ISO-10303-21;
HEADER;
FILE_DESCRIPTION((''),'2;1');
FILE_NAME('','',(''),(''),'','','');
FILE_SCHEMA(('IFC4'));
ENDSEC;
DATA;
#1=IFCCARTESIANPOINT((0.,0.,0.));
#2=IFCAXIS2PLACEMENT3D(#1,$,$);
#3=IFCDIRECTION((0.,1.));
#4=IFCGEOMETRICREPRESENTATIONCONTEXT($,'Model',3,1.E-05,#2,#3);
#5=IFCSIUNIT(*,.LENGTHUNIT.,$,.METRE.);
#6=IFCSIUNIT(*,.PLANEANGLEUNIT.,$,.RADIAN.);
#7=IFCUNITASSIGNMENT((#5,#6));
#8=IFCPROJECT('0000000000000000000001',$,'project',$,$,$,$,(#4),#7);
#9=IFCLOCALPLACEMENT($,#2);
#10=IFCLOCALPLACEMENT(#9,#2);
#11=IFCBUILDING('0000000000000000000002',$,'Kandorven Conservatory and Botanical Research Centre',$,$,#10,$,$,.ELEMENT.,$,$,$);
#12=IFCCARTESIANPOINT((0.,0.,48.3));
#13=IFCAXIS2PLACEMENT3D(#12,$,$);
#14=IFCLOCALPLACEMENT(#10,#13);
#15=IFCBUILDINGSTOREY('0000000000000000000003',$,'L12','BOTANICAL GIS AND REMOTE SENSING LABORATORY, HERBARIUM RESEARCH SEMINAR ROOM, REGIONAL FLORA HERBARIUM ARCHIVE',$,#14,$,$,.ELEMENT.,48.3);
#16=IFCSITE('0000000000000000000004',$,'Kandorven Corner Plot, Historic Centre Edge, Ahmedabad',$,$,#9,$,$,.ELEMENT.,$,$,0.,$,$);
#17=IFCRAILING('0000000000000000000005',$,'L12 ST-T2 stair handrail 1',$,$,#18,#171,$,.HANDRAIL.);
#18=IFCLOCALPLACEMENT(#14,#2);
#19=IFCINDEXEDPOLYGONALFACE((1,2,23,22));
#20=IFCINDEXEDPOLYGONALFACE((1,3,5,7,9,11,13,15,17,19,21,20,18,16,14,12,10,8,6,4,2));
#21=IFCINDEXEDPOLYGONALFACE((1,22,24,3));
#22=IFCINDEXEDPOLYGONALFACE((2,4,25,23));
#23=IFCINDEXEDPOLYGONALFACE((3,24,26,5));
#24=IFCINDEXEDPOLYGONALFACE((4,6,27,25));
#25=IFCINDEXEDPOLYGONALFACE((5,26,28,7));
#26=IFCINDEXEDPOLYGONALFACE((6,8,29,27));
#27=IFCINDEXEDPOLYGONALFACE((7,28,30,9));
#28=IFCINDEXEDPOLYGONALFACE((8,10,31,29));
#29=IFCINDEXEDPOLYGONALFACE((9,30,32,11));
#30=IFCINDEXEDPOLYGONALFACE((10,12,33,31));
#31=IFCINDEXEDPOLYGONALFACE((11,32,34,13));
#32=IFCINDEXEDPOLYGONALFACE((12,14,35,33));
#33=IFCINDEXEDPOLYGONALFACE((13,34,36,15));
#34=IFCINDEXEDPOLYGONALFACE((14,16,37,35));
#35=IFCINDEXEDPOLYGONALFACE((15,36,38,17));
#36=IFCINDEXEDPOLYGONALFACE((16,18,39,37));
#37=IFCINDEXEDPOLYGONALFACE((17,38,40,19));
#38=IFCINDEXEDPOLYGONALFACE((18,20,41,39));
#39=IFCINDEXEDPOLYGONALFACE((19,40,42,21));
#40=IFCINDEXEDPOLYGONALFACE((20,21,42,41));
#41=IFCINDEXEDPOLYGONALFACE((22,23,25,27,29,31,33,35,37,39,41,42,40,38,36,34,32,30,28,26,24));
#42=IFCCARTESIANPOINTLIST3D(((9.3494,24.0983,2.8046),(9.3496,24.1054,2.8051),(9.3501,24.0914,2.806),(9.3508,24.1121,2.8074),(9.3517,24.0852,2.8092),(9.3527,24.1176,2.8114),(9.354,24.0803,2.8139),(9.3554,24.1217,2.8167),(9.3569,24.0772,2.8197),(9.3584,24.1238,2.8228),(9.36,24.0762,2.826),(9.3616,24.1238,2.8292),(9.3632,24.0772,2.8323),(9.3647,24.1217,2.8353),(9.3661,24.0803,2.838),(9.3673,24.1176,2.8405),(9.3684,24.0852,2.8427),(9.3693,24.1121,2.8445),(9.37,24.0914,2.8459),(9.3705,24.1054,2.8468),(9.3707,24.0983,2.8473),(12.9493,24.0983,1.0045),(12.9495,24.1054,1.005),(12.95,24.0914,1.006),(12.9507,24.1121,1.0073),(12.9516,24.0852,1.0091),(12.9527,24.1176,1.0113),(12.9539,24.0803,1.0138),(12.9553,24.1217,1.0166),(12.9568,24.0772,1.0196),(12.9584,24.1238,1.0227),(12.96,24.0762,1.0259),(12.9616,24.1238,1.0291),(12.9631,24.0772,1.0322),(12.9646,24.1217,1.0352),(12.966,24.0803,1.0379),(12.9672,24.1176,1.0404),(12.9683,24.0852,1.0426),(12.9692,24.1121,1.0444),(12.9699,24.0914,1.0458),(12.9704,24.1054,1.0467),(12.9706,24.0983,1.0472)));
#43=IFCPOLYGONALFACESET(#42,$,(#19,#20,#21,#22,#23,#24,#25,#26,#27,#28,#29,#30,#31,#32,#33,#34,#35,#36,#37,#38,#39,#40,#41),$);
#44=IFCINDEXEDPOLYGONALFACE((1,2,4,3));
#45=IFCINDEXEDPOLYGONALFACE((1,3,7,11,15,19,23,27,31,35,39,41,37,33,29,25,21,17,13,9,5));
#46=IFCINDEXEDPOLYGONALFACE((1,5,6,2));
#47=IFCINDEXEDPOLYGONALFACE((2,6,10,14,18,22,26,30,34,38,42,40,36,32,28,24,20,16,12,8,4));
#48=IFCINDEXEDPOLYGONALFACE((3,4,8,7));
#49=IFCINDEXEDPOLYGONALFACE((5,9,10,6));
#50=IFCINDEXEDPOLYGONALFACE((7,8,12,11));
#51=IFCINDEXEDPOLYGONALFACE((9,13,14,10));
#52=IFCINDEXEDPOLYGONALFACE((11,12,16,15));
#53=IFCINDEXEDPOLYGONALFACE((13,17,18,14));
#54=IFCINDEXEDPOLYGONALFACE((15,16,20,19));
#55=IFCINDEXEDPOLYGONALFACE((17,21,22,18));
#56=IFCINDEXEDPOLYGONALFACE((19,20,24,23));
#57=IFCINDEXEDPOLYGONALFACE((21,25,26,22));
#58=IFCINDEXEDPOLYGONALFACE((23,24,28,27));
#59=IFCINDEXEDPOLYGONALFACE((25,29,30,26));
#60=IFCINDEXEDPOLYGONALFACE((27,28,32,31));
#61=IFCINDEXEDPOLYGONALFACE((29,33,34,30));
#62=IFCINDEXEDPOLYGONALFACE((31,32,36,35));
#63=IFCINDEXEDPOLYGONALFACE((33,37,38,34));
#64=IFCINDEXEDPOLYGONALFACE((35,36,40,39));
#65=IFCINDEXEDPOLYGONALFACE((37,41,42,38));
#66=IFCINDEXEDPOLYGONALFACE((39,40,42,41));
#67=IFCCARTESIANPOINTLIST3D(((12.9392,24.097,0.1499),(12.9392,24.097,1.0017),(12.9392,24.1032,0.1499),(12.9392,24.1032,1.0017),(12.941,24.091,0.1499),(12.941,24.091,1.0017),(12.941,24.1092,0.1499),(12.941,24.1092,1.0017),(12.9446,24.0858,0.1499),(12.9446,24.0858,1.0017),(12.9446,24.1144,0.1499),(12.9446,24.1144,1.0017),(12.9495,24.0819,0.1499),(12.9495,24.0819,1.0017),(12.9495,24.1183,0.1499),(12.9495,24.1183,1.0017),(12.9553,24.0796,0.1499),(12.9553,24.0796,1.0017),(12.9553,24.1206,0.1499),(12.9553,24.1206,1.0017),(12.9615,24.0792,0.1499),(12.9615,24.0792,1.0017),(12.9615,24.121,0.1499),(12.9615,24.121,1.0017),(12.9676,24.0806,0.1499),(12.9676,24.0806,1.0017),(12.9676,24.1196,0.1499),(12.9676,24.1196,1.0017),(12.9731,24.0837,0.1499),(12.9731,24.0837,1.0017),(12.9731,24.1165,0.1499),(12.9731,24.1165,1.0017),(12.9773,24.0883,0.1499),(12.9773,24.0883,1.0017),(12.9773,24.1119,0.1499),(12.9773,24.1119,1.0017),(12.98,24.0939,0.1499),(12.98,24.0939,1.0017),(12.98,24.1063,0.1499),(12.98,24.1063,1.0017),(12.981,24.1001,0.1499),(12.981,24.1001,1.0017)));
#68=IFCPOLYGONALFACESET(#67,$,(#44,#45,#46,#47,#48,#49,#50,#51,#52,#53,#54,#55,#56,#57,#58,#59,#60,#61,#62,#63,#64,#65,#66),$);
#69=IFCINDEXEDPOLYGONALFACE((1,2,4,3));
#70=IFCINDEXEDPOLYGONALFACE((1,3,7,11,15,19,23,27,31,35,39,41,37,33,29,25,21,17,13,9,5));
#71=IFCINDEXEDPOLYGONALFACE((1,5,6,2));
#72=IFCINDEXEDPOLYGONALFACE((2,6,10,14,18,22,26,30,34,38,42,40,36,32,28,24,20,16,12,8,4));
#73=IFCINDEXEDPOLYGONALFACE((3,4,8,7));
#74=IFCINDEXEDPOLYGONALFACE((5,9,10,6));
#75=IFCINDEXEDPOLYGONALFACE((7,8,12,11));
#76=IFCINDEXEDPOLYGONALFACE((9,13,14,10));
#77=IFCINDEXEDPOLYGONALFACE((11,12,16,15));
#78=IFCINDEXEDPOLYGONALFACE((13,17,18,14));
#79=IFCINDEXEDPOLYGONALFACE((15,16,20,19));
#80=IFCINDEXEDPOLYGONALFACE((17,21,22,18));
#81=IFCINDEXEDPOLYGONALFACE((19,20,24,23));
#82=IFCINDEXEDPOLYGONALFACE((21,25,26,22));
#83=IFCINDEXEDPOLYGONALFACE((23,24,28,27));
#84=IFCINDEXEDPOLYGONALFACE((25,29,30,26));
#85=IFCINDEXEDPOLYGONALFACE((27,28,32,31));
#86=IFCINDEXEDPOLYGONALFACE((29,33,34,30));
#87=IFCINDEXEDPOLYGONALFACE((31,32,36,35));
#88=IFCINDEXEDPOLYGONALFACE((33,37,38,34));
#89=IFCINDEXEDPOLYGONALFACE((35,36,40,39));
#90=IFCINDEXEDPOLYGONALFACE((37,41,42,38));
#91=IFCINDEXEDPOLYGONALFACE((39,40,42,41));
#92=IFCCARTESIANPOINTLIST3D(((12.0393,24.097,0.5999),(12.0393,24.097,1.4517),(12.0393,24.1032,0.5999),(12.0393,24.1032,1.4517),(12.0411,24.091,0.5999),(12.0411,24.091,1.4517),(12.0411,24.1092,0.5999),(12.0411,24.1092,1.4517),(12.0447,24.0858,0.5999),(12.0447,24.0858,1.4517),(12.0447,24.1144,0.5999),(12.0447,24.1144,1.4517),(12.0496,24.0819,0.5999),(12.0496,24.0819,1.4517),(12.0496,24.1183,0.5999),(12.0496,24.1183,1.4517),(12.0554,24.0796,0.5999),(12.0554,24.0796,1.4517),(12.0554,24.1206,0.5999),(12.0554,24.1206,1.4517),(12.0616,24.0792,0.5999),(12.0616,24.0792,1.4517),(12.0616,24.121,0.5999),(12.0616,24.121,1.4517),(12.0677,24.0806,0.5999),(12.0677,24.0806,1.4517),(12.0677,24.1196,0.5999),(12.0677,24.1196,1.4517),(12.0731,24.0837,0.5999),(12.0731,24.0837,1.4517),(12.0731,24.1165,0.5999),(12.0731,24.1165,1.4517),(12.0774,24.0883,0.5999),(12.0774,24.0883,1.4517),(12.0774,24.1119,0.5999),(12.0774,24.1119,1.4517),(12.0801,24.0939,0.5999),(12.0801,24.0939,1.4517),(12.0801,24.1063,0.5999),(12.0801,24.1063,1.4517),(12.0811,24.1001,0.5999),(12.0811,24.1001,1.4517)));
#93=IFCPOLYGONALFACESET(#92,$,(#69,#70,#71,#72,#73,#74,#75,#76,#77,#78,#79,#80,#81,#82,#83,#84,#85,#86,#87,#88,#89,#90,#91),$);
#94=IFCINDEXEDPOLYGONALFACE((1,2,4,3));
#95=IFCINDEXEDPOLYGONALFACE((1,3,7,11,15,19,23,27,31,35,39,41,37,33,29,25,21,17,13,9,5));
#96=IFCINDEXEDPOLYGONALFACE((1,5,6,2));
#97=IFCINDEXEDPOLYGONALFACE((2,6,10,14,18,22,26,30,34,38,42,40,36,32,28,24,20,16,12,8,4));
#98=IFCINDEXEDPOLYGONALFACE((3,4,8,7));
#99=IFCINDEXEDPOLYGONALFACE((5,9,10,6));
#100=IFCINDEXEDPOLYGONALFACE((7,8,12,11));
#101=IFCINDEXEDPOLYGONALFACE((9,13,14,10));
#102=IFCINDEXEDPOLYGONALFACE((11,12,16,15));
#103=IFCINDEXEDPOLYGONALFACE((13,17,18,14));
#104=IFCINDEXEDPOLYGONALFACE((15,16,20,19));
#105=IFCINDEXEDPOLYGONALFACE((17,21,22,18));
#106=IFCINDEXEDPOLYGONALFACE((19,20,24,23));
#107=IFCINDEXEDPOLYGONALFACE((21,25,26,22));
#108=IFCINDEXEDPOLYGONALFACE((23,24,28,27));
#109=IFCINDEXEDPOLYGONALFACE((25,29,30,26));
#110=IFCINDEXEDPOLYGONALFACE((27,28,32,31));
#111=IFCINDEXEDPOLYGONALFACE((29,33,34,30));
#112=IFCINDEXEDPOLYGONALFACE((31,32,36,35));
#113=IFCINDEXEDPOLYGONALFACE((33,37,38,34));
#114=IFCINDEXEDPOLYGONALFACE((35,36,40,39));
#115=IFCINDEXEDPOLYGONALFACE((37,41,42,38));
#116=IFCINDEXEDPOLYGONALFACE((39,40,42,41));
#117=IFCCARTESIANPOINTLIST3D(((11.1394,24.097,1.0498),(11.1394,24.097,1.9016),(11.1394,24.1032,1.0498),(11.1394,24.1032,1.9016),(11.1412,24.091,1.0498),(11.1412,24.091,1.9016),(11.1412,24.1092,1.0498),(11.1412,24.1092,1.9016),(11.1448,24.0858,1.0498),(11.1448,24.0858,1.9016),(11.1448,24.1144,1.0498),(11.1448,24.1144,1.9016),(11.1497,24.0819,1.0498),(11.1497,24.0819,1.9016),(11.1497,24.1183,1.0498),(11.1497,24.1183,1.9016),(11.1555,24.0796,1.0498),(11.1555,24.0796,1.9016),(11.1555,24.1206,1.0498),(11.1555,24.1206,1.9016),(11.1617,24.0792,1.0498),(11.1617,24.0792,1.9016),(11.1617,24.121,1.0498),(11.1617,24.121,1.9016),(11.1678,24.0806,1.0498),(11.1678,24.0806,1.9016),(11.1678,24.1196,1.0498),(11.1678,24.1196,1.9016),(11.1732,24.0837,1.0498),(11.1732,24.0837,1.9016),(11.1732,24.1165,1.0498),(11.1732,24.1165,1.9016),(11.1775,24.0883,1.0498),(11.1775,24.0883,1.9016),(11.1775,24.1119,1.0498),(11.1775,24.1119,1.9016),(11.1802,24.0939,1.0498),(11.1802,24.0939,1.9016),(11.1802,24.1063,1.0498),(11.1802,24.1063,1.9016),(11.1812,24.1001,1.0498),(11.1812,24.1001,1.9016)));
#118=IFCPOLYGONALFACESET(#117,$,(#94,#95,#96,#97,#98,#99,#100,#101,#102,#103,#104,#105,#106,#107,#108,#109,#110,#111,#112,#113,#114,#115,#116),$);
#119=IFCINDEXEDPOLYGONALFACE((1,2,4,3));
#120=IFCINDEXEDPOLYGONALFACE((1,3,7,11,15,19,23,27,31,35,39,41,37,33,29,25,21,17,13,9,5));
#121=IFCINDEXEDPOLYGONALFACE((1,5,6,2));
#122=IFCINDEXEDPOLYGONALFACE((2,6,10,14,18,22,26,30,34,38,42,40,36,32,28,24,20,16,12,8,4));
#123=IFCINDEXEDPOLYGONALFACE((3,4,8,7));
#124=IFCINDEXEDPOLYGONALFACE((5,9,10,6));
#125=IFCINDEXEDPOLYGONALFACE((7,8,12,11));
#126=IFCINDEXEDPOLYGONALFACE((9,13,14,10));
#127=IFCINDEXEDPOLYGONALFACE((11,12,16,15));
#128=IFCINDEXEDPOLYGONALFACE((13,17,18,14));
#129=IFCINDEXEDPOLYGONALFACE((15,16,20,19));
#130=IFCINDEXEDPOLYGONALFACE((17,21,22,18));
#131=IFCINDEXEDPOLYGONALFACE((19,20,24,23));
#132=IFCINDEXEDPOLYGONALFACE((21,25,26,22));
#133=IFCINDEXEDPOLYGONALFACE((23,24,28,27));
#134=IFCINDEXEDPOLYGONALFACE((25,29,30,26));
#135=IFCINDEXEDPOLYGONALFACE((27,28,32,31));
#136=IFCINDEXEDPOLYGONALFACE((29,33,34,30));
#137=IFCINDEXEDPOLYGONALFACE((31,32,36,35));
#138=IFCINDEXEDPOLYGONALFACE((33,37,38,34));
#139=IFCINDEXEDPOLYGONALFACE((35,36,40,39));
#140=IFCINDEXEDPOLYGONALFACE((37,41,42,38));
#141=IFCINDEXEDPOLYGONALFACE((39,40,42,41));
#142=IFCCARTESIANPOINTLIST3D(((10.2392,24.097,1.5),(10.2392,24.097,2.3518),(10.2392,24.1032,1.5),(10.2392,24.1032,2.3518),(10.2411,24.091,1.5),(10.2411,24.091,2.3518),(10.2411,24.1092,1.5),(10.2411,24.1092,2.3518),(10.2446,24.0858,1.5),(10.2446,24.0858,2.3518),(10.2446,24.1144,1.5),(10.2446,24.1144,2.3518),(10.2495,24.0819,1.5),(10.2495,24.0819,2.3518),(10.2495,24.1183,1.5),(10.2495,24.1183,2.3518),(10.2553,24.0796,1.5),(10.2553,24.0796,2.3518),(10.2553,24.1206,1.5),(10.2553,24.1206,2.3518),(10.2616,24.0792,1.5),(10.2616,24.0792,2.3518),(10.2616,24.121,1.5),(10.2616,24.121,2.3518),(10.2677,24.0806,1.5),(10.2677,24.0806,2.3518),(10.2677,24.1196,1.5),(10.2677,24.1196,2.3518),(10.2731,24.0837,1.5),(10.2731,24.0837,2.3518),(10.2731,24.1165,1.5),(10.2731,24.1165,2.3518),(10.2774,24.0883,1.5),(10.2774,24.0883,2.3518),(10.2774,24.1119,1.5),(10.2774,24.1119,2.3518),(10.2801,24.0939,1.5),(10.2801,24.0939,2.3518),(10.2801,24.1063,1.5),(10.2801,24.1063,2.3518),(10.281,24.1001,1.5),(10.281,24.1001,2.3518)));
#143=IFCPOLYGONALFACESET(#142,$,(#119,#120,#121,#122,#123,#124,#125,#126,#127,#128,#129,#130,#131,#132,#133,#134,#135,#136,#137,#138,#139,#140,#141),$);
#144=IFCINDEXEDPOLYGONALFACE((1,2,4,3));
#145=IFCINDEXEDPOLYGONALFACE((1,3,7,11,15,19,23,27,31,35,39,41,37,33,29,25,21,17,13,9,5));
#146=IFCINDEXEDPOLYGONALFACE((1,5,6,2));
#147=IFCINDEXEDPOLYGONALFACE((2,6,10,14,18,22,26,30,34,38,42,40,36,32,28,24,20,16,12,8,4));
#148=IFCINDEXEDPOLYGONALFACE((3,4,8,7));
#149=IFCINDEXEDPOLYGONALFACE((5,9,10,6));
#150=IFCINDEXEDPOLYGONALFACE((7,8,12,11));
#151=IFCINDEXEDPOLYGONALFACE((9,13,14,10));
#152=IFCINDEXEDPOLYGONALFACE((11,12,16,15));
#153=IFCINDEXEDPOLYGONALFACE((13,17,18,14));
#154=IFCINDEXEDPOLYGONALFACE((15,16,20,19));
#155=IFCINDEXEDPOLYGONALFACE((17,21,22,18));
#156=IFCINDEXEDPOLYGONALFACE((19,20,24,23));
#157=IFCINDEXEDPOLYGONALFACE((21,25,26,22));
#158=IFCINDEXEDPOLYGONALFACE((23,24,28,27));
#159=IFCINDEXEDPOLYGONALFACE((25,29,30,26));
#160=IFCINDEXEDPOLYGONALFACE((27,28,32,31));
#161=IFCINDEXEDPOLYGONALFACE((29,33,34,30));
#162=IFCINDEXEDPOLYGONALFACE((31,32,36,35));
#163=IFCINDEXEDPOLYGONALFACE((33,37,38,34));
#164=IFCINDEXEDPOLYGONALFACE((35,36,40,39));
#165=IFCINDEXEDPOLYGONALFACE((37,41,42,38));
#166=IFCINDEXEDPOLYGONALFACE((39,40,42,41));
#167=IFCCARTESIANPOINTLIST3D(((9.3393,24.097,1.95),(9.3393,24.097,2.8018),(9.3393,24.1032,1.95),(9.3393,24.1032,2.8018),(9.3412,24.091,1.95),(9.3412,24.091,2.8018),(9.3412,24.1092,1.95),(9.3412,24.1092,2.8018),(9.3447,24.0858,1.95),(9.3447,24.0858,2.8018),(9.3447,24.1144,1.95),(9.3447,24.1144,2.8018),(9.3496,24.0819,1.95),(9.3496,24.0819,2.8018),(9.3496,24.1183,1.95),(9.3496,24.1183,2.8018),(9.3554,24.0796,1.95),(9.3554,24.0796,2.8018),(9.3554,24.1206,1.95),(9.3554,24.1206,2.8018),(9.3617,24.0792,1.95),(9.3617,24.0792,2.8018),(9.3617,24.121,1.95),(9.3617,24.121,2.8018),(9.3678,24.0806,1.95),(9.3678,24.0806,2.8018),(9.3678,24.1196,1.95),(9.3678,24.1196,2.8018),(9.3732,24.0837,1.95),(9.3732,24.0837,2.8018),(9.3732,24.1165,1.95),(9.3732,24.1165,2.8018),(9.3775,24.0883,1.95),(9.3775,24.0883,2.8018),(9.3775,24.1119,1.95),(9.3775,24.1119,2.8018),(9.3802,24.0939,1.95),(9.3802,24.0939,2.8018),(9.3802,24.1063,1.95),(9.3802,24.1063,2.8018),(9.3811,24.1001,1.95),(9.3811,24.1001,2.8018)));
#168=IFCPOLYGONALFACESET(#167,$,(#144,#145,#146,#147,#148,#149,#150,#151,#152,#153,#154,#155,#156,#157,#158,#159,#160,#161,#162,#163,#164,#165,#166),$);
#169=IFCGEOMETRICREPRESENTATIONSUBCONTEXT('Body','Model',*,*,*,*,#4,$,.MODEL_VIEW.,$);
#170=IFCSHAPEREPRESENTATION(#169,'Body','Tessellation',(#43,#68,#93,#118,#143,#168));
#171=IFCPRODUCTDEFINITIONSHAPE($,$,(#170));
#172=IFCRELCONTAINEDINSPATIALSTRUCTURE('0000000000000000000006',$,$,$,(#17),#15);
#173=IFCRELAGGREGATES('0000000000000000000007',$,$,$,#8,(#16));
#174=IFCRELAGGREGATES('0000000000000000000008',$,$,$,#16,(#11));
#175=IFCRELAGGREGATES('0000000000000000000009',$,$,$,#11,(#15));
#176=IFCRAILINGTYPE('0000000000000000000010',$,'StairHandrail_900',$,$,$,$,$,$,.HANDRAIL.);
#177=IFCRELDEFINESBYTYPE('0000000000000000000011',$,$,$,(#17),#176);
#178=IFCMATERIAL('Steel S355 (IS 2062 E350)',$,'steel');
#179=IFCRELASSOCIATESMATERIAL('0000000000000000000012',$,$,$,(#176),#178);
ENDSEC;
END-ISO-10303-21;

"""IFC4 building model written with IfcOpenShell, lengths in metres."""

from ifc_helpers import new_model, si_unit, direction, frame, origin, origin_2d, place, context, subcontext, project, spatial, circle, extrude, material, type_object, element, save


model = new_model("IFC4")

# Units and contexts
model_context = context("Model", 3, precision=1e-05, world=origin(), true_north=direction((0.0, 1.0)))
body_context = subcontext(model_context, "Body", "Model", "MODEL_VIEW")
ifc_project = project(units=[si_unit("LENGTHUNIT", "METRE"), si_unit("PLANEANGLEUNIT", "RADIAN")], contexts=[model_context])

# Site, building, storey
site_placement = place(None, origin())
site = spatial("IfcSite", under=ifc_project, at=site_placement, Name="Kandorven Corner Plot, Historic Centre Edge, Ahmedabad", CompositionType="ELEMENT", RefElevation=0.0)
building_placement = place(site_placement, origin())
building = spatial("IfcBuilding", under=site, at=building_placement, Name="Kandorven Conservatory and Botanical Research Centre", CompositionType="ELEMENT")
storey_placement = place(building_placement, frame((0.0, 0.0, 48.3)))
storey = spatial("IfcBuildingStorey", under=building, at=storey_placement, Name="L12", Description="BOTANICAL GIS AND REMOTE SENSING LABORATORY, HERBARIUM RESEARCH SEMINAR ROOM, REGIONAL FLORA HERBARIUM ARCHIVE", CompositionType="ELEMENT", Elevation=48.3)

# Railing
ifc_material_1 = material(Name="Steel S355 (IS 2062 E350)", Category="steel")
railing_type_1 = type_object("IfcRailingType", Name="StairHandrail_900", PredefinedType="HANDRAIL", material=ifc_material_1)
railing_1_placement = place(storey_placement, frame((12.96, 24.1001, 0.1499)))
element("IfcRailing", 1, at=railing_1_placement, inside=storey, type_object=railing_type_1, Name="L12 ST-T2 stair handrail 1", PredefinedType="HANDRAIL", context=body_context, shape_type="SweptSolid", body=[
    extrude(circle(Radius=0.0239, at=origin_2d()), frame((0.0, 0.0, 0.876), z_axis=(-0.894415, 0.0, 0.447238), x_axis=(0.0, -1.0, 0.0)), (0.0, 0.0, 1.0), 4.0249),
    extrude(circle(Radius=0.021, at=origin_2d()), origin(), (0.0, 0.0, 1.0), 0.8518),
    extrude(circle(Radius=0.021, at=origin_2d()), frame((-0.8999, 0.0, 0.45)), (0.0, 0.0, 1.0), 0.8518),
    extrude(circle(Radius=0.021, at=origin_2d()), frame((-1.7998, 0.0, 0.8999)), (0.0, 0.0, 1.0), 0.8518),
    extrude(circle(Radius=0.021, at=origin_2d()), frame((-2.7, 0.0, 1.3501)), (0.0, 0.0, 1.0), 0.8518),
    extrude(circle(Radius=0.021, at=origin_2d()), frame((-3.5999, 0.0, 1.8)), (0.0, 0.0, 1.0), 0.8518),
])

save(model, "model.ifc")
